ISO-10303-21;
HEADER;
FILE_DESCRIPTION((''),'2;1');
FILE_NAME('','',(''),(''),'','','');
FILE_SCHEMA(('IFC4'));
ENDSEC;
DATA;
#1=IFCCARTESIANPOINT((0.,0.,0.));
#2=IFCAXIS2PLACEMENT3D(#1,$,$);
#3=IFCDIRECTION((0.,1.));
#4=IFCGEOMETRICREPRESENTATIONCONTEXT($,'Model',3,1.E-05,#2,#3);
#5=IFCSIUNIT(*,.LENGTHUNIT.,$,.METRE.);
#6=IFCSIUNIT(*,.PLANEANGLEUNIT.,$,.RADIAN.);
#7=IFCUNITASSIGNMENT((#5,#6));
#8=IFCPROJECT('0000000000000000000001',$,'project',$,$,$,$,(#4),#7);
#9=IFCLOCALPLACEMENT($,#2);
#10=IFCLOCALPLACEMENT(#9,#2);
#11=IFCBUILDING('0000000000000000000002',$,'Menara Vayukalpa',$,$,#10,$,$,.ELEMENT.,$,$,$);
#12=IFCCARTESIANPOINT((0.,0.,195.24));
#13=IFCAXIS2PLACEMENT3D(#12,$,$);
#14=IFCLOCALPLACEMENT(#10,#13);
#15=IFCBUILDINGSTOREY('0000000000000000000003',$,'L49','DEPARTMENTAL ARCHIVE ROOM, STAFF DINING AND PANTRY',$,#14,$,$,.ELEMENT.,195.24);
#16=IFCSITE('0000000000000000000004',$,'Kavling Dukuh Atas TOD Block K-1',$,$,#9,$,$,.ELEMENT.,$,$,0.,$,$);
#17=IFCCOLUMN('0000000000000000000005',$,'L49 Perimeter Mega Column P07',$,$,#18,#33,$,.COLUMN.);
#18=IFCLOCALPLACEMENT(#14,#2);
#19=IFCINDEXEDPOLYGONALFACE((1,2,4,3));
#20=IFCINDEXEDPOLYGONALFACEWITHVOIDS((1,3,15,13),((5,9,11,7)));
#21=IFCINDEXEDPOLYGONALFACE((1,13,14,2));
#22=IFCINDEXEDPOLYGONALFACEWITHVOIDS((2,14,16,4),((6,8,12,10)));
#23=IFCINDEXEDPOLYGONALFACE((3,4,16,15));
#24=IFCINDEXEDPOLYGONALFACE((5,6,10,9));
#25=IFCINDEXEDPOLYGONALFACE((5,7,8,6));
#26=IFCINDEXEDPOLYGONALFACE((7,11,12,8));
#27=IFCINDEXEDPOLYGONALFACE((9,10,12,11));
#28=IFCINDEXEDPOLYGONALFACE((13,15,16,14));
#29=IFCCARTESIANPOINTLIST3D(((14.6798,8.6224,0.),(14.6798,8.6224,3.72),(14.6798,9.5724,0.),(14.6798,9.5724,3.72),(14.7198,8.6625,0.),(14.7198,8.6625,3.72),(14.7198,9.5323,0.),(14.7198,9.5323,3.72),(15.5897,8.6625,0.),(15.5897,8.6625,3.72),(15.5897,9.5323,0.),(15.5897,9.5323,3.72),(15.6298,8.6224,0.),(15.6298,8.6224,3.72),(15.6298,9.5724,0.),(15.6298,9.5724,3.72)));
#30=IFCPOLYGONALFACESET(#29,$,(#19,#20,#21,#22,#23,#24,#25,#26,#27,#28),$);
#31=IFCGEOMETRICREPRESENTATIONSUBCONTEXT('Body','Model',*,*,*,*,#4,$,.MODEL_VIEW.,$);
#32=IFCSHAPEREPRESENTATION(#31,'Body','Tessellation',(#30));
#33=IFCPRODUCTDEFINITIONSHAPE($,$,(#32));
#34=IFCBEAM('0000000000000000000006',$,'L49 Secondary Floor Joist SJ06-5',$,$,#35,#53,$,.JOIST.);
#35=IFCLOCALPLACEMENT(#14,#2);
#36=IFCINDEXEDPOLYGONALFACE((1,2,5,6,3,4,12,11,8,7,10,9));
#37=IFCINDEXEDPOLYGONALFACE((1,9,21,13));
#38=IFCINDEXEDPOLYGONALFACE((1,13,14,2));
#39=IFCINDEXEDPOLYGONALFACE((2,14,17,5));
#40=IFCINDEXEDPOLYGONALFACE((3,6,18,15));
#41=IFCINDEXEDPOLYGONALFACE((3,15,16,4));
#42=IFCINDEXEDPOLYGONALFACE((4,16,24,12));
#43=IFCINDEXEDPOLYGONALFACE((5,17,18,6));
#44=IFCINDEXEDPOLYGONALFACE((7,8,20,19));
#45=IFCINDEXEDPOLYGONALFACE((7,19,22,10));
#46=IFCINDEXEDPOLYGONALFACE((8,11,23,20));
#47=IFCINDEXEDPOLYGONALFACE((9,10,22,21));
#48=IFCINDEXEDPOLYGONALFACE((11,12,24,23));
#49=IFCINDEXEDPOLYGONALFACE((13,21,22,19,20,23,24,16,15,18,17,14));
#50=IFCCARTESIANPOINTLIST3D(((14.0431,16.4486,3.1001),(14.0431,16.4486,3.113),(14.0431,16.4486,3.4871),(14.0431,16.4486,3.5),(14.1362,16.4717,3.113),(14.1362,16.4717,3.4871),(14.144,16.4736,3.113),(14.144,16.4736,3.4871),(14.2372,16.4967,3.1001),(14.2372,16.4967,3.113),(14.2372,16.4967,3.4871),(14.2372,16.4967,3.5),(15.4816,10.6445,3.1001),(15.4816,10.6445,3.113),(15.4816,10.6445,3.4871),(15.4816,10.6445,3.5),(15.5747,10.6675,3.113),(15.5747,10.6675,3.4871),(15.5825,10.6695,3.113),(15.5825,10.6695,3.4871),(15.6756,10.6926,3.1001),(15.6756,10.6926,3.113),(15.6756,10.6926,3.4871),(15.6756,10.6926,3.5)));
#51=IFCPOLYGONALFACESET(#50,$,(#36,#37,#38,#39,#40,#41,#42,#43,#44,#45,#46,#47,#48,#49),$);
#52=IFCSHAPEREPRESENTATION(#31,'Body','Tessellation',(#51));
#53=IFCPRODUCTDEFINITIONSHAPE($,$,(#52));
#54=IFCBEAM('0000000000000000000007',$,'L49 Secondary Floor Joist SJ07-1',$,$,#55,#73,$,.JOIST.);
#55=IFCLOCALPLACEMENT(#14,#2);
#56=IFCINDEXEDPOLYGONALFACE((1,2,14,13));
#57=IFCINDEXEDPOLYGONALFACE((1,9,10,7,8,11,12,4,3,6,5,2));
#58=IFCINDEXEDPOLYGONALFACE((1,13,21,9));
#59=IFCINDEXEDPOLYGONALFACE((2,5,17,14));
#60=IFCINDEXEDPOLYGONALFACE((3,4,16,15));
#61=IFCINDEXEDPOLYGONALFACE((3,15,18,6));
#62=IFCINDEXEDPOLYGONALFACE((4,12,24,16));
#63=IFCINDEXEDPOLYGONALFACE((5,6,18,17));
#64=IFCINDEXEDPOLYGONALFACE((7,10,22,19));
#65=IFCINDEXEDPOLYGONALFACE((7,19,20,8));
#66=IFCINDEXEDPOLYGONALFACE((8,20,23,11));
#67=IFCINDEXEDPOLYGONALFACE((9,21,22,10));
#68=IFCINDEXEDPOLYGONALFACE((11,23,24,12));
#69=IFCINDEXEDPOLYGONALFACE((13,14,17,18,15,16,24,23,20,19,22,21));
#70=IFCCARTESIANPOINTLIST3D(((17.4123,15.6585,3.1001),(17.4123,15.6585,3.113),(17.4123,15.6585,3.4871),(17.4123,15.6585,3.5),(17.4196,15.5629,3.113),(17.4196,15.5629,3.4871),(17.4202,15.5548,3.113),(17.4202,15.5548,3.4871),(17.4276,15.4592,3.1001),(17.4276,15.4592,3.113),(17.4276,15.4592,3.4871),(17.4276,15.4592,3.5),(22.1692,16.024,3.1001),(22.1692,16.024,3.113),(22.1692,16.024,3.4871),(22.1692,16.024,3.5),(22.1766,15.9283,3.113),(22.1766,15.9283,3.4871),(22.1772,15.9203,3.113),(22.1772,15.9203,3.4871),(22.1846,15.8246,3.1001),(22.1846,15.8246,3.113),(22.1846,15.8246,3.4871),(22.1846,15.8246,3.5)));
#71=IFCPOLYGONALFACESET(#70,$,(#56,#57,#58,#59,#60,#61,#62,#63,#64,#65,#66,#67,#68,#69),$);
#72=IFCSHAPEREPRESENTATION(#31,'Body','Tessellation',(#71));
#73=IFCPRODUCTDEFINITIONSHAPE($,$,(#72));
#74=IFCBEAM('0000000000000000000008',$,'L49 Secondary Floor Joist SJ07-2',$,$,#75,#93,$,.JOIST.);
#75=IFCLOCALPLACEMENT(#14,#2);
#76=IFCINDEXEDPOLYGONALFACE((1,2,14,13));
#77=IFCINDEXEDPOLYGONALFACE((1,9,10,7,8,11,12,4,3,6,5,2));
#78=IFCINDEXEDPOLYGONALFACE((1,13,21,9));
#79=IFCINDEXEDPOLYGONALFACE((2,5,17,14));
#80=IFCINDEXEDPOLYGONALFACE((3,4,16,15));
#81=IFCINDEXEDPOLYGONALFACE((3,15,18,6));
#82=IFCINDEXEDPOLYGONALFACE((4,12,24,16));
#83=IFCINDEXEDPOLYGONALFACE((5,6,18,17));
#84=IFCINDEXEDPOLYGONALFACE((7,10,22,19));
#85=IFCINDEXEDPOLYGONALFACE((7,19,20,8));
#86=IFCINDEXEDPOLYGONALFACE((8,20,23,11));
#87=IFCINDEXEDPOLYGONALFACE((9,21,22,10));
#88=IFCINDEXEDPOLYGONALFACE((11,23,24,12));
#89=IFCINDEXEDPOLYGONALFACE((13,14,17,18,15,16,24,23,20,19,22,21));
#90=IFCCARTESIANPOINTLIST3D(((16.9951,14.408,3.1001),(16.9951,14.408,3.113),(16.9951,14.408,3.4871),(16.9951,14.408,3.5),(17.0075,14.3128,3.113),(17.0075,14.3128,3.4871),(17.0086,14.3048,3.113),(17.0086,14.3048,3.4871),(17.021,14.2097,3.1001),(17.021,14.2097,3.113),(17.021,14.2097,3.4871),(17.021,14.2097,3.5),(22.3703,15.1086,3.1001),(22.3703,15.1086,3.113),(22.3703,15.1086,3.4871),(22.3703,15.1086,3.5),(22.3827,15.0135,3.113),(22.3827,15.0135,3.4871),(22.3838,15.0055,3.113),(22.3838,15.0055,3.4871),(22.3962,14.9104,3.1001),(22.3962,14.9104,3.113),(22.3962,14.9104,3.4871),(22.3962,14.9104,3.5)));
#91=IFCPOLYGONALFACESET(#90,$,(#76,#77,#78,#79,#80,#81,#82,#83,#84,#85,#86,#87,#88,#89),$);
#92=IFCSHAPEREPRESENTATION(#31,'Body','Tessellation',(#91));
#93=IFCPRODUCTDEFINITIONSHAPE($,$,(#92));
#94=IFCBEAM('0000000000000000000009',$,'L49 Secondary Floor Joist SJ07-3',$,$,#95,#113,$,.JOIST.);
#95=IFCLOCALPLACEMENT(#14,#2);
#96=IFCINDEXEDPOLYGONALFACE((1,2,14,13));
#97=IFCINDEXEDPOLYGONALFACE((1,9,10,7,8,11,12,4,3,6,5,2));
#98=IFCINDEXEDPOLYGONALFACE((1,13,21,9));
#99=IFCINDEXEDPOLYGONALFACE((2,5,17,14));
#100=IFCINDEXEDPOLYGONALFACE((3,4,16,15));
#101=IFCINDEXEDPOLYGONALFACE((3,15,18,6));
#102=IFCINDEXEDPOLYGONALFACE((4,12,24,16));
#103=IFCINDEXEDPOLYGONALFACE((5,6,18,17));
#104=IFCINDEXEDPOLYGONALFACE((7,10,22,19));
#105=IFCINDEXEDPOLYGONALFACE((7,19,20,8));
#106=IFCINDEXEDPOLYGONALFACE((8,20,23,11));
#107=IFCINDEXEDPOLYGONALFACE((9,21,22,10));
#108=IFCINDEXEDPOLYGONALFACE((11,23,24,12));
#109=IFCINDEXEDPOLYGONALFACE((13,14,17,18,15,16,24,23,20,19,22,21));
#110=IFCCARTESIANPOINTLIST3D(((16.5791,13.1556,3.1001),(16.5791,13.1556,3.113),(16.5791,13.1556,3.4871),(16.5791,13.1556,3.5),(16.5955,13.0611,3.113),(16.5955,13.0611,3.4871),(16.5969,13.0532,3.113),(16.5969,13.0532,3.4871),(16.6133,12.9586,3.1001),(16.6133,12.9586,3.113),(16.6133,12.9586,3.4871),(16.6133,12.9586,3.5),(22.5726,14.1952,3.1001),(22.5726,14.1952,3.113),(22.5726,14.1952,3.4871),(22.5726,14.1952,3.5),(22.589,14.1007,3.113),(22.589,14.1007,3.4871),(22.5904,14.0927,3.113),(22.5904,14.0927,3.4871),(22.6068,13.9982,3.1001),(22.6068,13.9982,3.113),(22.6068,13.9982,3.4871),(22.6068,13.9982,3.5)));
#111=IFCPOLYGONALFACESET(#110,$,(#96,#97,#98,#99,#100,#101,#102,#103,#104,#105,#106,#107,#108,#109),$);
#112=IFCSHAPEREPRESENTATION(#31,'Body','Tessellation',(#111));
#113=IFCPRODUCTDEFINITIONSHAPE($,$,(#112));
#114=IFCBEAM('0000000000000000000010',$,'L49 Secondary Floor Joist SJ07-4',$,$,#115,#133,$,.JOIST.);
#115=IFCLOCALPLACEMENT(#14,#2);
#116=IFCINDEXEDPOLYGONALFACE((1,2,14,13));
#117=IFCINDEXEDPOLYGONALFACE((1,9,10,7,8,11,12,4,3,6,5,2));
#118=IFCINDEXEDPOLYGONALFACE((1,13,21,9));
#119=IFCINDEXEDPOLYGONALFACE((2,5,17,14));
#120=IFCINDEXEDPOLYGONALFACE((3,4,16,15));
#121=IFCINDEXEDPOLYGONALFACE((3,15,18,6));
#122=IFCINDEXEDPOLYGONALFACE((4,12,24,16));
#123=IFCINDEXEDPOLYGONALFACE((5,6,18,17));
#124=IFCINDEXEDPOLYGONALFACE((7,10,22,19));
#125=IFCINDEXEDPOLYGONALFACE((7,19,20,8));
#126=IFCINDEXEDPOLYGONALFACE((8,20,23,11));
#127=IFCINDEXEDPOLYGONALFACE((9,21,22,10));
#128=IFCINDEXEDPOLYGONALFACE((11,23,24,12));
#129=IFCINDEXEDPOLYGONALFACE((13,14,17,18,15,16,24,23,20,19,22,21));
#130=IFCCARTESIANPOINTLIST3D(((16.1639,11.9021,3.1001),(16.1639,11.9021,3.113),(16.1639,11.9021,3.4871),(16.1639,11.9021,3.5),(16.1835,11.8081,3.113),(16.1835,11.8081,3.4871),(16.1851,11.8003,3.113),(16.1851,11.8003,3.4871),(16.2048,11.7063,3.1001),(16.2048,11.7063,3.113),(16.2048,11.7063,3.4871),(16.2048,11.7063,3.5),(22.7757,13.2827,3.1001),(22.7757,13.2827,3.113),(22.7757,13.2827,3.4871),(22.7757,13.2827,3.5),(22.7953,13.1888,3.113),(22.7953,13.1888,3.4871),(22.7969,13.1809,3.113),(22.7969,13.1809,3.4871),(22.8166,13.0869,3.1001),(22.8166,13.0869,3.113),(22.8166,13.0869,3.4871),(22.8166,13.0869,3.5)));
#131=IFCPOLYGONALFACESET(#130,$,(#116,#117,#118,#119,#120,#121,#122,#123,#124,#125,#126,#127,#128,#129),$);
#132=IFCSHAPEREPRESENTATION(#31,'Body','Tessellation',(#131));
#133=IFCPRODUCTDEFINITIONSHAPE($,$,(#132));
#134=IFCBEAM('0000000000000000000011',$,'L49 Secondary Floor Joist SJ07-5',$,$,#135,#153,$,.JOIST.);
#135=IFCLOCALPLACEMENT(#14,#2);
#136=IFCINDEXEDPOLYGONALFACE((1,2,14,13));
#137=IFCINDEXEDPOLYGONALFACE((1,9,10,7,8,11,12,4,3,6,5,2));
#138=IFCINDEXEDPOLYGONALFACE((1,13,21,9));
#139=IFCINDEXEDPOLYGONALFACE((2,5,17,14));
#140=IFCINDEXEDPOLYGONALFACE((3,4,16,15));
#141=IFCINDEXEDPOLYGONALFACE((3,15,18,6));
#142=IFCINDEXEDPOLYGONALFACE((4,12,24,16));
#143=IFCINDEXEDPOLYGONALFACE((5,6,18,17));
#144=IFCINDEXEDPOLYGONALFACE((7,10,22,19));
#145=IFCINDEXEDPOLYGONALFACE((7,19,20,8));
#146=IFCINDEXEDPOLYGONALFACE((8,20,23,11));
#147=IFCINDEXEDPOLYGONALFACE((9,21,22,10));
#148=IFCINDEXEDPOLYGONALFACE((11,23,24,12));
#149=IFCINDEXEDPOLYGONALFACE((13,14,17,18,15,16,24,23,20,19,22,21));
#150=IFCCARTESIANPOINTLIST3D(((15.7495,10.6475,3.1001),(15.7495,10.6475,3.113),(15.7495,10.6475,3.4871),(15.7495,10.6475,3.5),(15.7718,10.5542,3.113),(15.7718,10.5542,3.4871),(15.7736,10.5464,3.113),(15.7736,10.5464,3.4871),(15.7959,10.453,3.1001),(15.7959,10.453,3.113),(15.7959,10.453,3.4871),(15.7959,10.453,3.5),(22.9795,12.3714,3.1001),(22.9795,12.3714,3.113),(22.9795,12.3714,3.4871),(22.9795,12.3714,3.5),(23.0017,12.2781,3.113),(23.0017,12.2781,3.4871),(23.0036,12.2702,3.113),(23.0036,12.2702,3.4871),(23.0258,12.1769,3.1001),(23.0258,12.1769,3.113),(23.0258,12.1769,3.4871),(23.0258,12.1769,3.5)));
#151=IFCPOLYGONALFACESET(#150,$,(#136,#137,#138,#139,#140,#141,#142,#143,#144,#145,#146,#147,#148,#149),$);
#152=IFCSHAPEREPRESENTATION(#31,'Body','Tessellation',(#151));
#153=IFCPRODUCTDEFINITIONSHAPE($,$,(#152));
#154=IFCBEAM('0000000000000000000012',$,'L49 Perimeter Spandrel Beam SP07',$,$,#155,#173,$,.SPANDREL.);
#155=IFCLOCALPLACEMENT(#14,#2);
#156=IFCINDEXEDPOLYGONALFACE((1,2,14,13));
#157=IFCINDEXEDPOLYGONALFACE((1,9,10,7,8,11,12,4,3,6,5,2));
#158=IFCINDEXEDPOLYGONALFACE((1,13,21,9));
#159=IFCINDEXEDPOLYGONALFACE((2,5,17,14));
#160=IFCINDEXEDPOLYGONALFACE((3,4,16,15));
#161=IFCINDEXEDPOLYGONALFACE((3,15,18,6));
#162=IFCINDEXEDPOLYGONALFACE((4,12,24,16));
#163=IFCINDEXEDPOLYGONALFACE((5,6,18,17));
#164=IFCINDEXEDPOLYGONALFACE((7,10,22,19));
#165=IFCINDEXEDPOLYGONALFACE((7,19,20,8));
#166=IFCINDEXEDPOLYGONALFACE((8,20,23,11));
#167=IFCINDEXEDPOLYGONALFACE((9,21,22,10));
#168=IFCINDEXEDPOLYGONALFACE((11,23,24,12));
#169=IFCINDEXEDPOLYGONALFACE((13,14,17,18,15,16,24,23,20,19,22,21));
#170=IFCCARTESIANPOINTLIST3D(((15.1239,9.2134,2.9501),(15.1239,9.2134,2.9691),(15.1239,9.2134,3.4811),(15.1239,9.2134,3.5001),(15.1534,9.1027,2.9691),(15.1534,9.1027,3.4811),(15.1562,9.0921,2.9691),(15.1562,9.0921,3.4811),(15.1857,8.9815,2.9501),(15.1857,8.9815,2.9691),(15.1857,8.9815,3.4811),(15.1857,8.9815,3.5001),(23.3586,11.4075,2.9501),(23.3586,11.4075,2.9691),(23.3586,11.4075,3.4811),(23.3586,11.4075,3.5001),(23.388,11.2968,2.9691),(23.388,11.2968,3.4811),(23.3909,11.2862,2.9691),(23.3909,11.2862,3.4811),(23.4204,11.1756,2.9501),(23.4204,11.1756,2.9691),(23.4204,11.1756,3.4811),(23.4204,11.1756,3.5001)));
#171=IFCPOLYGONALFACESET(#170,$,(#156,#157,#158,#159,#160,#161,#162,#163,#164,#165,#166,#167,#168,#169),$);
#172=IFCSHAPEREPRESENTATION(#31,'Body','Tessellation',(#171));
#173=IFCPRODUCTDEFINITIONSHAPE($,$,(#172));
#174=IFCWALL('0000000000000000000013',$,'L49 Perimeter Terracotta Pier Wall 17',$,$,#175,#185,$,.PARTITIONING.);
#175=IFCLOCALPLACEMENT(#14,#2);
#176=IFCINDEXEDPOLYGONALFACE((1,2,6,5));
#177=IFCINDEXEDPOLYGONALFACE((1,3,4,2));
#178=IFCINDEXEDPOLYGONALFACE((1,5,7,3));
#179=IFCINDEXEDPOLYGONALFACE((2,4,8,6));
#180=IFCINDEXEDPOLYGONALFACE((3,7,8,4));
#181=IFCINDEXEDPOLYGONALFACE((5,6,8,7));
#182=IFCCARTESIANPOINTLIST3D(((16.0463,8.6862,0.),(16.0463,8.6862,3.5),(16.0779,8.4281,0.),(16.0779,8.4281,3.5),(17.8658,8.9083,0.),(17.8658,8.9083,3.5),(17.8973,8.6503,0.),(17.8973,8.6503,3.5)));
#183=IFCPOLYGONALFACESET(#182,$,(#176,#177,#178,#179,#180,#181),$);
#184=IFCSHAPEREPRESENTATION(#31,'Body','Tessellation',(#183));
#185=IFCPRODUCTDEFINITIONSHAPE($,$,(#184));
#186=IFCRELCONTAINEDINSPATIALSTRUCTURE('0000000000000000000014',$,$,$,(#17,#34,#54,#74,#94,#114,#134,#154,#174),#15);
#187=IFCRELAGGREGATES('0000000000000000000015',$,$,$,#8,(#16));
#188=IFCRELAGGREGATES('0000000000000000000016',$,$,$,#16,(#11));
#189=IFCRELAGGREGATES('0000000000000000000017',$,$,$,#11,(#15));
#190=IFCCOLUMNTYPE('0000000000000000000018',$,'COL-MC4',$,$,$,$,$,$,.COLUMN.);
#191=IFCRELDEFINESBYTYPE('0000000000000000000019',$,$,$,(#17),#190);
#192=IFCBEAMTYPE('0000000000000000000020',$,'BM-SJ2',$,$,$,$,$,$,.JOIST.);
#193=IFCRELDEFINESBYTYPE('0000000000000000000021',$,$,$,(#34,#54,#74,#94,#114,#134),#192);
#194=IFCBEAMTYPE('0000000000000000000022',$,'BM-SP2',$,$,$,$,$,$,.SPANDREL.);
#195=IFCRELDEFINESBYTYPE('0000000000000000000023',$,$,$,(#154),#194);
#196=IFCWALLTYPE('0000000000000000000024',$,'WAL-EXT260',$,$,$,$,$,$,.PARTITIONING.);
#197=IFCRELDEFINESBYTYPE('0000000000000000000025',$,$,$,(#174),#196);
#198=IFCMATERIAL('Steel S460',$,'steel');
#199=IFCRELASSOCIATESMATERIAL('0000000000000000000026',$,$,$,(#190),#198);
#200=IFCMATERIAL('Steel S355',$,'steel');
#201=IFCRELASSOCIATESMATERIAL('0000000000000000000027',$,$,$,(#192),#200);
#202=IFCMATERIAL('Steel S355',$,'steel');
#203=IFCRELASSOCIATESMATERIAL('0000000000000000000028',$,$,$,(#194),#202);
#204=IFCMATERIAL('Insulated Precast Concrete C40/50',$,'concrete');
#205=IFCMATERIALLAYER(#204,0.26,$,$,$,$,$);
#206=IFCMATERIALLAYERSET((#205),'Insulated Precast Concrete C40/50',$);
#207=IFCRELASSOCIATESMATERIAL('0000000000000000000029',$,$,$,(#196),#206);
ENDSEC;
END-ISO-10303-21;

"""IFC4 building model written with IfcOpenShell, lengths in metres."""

from ifc_helpers import new_model, si_unit, direction, frame, frame_2d, origin, origin_2d, place, context, subcontext, project, spatial, rectangle, hollow_rectangle, i_section, extrude, material, layer, layer_set, material_profile, profile_set, type_object, element, save


model = new_model("IFC4")

# Units and contexts
model_context = context("Model", 3, precision=1e-05, world=origin(), true_north=direction((0.0, 1.0)))
body_context = subcontext(model_context, "Body", "Model", "MODEL_VIEW")
ifc_project = project(units=[si_unit("LENGTHUNIT", "METRE"), si_unit("PLANEANGLEUNIT", "RADIAN")], contexts=[model_context])

# Site, building, storey
site_placement = place(None, origin())
site = spatial("IfcSite", under=ifc_project, at=site_placement, Name="Kavling Dukuh Atas TOD Block K-1", CompositionType="ELEMENT", RefElevation=0.0)
building_placement = place(site_placement, origin())
building = spatial("IfcBuilding", under=site, at=building_placement, Name="Menara Vayukalpa", CompositionType="ELEMENT")
storey_placement = place(building_placement, frame((0.0, 0.0, 195.24)))
storey = spatial("IfcBuildingStorey", under=building, at=storey_placement, Name="L49", Description="DEPARTMENTAL ARCHIVE ROOM, STAFF DINING AND PANTRY", CompositionType="ELEMENT", Elevation=195.24)

# Column
ifc_material_1 = material(Name="Steel S460", Category="steel")
ifc_material_profile_1 = material_profile(ifc_material_1, hollow_rectangle(XDim=0.95, YDim=0.95, WallThickness=0.04, at=origin_2d()), Name="BOX 950x950x40")
ifc_profile_set_1 = profile_set([ifc_material_profile_1], Name="Steel S460")
column_type = type_object("IfcColumnType", Name="COL-MC4", PredefinedType="COLUMN", material=ifc_profile_set_1)
column_placement = place(storey_placement, frame((15.1548, 9.0974, 0.0), z_axis=(0.0, 0.0, 1.0), x_axis=(1.0, 0.0, 0.0)))
element("IfcColumn", 1, at=column_placement, inside=storey, type_object=column_type, Name="L49 Perimeter Mega Column P07", PredefinedType="COLUMN", context=body_context, shape_type="SweptSolid", body=[
    extrude(hollow_rectangle(XDim=0.95, YDim=0.95, WallThickness=0.04, at=origin_2d()), origin(), (0.0, 0.0, 1.0), 3.72),
])

# Beams
ifc_material_2 = material(Name="Steel S355", Category="steel")
ifc_material_profile_2 = material_profile(ifc_material_2, i_section(OverallWidth=0.2, OverallDepth=0.3999, WebThickness=0.0081, FlangeThickness=0.0129, at=origin_2d()), Name="WF 400x200x8x13")
ifc_profile_set_2 = profile_set([ifc_material_profile_2], Name="Steel S355")
beam_type_1 = type_object("IfcBeamType", Name="BM-SJ2", PredefinedType="JOIST", material=ifc_profile_set_2)
beam_1_placement = place(storey_placement, frame((14.1401, 16.4727, 3.3), z_axis=(0.240556, -0.970635, 0.0), x_axis=(0.970635, 0.240556, 0.0)))
element("IfcBeam", 2, at=beam_1_placement, inside=storey, type_object=beam_type_1, Name="L49 Secondary Floor Joist SJ06-5", PredefinedType="JOIST", context=body_context, shape_type="SweptSolid", body=[
    extrude(i_section(OverallWidth=0.2, OverallDepth=0.3999, WebThickness=0.0081, FlangeThickness=0.0129, at=origin_2d()), origin(), (0.0, 0.0, 1.0), 5.9797),
])
beam_2_placement = place(storey_placement, frame((17.4199, 15.5588, 3.3), z_axis=(0.997062, 0.076603, 0.0), x_axis=(-0.076603, 0.997062, 0.0)))
element("IfcBeam", 3, at=beam_2_placement, inside=storey, type_object=beam_type_1, Name="L49 Secondary Floor Joist SJ07-1", PredefinedType="JOIST", context=body_context, shape_type="SweptSolid", body=[
    extrude(i_section(OverallWidth=0.2, OverallDepth=0.3999, WebThickness=0.0081, FlangeThickness=0.0129, at=origin_2d()), origin(), (0.0, 0.0, 1.0), 4.771),
])
beam_3_placement = place(storey_placement, frame((17.0081, 14.3088, 3.3), z_axis=(0.991611, 0.12926, 0.0), x_axis=(-0.12926, 0.991611, 0.0)))
element("IfcBeam", 4, at=beam_3_placement, inside=storey, type_object=beam_type_1, Name="L49 Secondary Floor Joist SJ07-2", PredefinedType="JOIST", context=body_context, shape_type="SweptSolid", body=[
    extrude(i_section(OverallWidth=0.2, OverallDepth=0.3999, WebThickness=0.0081, FlangeThickness=0.0129, at=origin_2d()), origin(), (0.0, 0.0, 1.0), 5.4207),
])
beam_4_placement = place(storey_placement, frame((16.5962, 13.0571, 3.3), z_axis=(0.985289, 0.170897, 0.0), x_axis=(-0.170897, 0.985289, 0.0)))
element("IfcBeam", 5, at=beam_4_placement, inside=storey, type_object=beam_type_1, Name="L49 Secondary Floor Joist SJ07-3", PredefinedType="JOIST", context=body_context, shape_type="SweptSolid", body=[
    extrude(i_section(OverallWidth=0.2, OverallDepth=0.3999, WebThickness=0.0081, FlangeThickness=0.0129, at=origin_2d()), origin(), (0.0, 0.0, 1.0), 6.083),
])
beam_5_placement = place(storey_placement, frame((16.1843, 11.8042, 3.3), z_axis=(0.978887, 0.204402, 0.0), x_axis=(-0.204402, 0.978887, 0.0)))
element("IfcBeam", 6, at=beam_5_placement, inside=storey, type_object=beam_type_1, Name="L49 Secondary Floor Joist SJ07-4", PredefinedType="JOIST", context=body_context, shape_type="SweptSolid", body=[
    extrude(i_section(OverallWidth=0.2, OverallDepth=0.3999, WebThickness=0.0081, FlangeThickness=0.0129, at=origin_2d()), origin(), (0.0, 0.0, 1.0), 6.7544),
])
beam_6_placement = place(storey_placement, frame((15.7727, 10.5503, 3.3), z_axis=(0.972732, 0.231933, 0.0), x_axis=(-0.231933, 0.972732, 0.0)))
element("IfcBeam", 7, at=beam_6_placement, inside=storey, type_object=beam_type_1, Name="L49 Secondary Floor Joist SJ07-5", PredefinedType="JOIST", context=body_context, shape_type="SweptSolid", body=[
    extrude(i_section(OverallWidth=0.2, OverallDepth=0.3999, WebThickness=0.0081, FlangeThickness=0.0129, at=origin_2d()), origin(), (0.0, 0.0, 1.0), 7.4326),
])
ifc_material_3 = material(Name="Steel S355", Category="steel")
ifc_material_profile_3 = material_profile(ifc_material_3, i_section(OverallWidth=0.24, OverallDepth=0.55, WebThickness=0.011, FlangeThickness=0.019, at=origin_2d()), Name="WF 550x240x11x19")
ifc_profile_set_3 = profile_set([ifc_material_profile_3], Name="Steel S355")
beam_type_2 = type_object("IfcBeamType", Name="BM-SP2", PredefinedType="SPANDREL", material=ifc_profile_set_3)
beam_7_placement = place(storey_placement, frame((15.1548, 9.0974, 3.2251), z_axis=(0.966288, 0.257465, 0.0), x_axis=(-0.257465, 0.966288, 0.0)))
element("IfcBeam", 8, at=beam_7_placement, inside=storey, type_object=beam_type_2, Name="L49 Perimeter Spandrel Beam SP07", PredefinedType="SPANDREL", context=body_context, shape_type="SweptSolid", body=[
    extrude(i_section(OverallWidth=0.24, OverallDepth=0.55, WebThickness=0.011, FlangeThickness=0.019, at=origin_2d()), origin(), (0.0, 0.0, 1.0), 8.522),
])

# Wall
ifc_material_4 = material(Name="Insulated Precast Concrete C40/50", Category="concrete")
ifc_layer_1 = layer(ifc_material_4, 0.26)
ifc_layer_set_1 = layer_set([ifc_layer_1], Name="Insulated Precast Concrete C40/50")
wall_type_1 = type_object("IfcWallType", Name="WAL-EXT260", PredefinedType="PARTITIONING", material=ifc_layer_set_1)
wall_1_placement = place(storey_placement, frame((17.8816, 8.7793, 0.0), z_axis=(0.0, 0.0, 1.0), x_axis=(-0.992628, -0.121198, 0.0)))
element("IfcWall", 9, at=wall_1_placement, inside=storey, type_object=wall_type_1, Name="L49 Perimeter Terracotta Pier Wall 17", PredefinedType="PARTITIONING", context=body_context, shape_type="SweptSolid", body=[
    extrude(rectangle(XDim=1.833, YDim=0.26, at=frame_2d((0.9165, 0.0))), origin(), (0.0, 0.0, 1.0), 3.5),
])

save(model, "model.ifc")
